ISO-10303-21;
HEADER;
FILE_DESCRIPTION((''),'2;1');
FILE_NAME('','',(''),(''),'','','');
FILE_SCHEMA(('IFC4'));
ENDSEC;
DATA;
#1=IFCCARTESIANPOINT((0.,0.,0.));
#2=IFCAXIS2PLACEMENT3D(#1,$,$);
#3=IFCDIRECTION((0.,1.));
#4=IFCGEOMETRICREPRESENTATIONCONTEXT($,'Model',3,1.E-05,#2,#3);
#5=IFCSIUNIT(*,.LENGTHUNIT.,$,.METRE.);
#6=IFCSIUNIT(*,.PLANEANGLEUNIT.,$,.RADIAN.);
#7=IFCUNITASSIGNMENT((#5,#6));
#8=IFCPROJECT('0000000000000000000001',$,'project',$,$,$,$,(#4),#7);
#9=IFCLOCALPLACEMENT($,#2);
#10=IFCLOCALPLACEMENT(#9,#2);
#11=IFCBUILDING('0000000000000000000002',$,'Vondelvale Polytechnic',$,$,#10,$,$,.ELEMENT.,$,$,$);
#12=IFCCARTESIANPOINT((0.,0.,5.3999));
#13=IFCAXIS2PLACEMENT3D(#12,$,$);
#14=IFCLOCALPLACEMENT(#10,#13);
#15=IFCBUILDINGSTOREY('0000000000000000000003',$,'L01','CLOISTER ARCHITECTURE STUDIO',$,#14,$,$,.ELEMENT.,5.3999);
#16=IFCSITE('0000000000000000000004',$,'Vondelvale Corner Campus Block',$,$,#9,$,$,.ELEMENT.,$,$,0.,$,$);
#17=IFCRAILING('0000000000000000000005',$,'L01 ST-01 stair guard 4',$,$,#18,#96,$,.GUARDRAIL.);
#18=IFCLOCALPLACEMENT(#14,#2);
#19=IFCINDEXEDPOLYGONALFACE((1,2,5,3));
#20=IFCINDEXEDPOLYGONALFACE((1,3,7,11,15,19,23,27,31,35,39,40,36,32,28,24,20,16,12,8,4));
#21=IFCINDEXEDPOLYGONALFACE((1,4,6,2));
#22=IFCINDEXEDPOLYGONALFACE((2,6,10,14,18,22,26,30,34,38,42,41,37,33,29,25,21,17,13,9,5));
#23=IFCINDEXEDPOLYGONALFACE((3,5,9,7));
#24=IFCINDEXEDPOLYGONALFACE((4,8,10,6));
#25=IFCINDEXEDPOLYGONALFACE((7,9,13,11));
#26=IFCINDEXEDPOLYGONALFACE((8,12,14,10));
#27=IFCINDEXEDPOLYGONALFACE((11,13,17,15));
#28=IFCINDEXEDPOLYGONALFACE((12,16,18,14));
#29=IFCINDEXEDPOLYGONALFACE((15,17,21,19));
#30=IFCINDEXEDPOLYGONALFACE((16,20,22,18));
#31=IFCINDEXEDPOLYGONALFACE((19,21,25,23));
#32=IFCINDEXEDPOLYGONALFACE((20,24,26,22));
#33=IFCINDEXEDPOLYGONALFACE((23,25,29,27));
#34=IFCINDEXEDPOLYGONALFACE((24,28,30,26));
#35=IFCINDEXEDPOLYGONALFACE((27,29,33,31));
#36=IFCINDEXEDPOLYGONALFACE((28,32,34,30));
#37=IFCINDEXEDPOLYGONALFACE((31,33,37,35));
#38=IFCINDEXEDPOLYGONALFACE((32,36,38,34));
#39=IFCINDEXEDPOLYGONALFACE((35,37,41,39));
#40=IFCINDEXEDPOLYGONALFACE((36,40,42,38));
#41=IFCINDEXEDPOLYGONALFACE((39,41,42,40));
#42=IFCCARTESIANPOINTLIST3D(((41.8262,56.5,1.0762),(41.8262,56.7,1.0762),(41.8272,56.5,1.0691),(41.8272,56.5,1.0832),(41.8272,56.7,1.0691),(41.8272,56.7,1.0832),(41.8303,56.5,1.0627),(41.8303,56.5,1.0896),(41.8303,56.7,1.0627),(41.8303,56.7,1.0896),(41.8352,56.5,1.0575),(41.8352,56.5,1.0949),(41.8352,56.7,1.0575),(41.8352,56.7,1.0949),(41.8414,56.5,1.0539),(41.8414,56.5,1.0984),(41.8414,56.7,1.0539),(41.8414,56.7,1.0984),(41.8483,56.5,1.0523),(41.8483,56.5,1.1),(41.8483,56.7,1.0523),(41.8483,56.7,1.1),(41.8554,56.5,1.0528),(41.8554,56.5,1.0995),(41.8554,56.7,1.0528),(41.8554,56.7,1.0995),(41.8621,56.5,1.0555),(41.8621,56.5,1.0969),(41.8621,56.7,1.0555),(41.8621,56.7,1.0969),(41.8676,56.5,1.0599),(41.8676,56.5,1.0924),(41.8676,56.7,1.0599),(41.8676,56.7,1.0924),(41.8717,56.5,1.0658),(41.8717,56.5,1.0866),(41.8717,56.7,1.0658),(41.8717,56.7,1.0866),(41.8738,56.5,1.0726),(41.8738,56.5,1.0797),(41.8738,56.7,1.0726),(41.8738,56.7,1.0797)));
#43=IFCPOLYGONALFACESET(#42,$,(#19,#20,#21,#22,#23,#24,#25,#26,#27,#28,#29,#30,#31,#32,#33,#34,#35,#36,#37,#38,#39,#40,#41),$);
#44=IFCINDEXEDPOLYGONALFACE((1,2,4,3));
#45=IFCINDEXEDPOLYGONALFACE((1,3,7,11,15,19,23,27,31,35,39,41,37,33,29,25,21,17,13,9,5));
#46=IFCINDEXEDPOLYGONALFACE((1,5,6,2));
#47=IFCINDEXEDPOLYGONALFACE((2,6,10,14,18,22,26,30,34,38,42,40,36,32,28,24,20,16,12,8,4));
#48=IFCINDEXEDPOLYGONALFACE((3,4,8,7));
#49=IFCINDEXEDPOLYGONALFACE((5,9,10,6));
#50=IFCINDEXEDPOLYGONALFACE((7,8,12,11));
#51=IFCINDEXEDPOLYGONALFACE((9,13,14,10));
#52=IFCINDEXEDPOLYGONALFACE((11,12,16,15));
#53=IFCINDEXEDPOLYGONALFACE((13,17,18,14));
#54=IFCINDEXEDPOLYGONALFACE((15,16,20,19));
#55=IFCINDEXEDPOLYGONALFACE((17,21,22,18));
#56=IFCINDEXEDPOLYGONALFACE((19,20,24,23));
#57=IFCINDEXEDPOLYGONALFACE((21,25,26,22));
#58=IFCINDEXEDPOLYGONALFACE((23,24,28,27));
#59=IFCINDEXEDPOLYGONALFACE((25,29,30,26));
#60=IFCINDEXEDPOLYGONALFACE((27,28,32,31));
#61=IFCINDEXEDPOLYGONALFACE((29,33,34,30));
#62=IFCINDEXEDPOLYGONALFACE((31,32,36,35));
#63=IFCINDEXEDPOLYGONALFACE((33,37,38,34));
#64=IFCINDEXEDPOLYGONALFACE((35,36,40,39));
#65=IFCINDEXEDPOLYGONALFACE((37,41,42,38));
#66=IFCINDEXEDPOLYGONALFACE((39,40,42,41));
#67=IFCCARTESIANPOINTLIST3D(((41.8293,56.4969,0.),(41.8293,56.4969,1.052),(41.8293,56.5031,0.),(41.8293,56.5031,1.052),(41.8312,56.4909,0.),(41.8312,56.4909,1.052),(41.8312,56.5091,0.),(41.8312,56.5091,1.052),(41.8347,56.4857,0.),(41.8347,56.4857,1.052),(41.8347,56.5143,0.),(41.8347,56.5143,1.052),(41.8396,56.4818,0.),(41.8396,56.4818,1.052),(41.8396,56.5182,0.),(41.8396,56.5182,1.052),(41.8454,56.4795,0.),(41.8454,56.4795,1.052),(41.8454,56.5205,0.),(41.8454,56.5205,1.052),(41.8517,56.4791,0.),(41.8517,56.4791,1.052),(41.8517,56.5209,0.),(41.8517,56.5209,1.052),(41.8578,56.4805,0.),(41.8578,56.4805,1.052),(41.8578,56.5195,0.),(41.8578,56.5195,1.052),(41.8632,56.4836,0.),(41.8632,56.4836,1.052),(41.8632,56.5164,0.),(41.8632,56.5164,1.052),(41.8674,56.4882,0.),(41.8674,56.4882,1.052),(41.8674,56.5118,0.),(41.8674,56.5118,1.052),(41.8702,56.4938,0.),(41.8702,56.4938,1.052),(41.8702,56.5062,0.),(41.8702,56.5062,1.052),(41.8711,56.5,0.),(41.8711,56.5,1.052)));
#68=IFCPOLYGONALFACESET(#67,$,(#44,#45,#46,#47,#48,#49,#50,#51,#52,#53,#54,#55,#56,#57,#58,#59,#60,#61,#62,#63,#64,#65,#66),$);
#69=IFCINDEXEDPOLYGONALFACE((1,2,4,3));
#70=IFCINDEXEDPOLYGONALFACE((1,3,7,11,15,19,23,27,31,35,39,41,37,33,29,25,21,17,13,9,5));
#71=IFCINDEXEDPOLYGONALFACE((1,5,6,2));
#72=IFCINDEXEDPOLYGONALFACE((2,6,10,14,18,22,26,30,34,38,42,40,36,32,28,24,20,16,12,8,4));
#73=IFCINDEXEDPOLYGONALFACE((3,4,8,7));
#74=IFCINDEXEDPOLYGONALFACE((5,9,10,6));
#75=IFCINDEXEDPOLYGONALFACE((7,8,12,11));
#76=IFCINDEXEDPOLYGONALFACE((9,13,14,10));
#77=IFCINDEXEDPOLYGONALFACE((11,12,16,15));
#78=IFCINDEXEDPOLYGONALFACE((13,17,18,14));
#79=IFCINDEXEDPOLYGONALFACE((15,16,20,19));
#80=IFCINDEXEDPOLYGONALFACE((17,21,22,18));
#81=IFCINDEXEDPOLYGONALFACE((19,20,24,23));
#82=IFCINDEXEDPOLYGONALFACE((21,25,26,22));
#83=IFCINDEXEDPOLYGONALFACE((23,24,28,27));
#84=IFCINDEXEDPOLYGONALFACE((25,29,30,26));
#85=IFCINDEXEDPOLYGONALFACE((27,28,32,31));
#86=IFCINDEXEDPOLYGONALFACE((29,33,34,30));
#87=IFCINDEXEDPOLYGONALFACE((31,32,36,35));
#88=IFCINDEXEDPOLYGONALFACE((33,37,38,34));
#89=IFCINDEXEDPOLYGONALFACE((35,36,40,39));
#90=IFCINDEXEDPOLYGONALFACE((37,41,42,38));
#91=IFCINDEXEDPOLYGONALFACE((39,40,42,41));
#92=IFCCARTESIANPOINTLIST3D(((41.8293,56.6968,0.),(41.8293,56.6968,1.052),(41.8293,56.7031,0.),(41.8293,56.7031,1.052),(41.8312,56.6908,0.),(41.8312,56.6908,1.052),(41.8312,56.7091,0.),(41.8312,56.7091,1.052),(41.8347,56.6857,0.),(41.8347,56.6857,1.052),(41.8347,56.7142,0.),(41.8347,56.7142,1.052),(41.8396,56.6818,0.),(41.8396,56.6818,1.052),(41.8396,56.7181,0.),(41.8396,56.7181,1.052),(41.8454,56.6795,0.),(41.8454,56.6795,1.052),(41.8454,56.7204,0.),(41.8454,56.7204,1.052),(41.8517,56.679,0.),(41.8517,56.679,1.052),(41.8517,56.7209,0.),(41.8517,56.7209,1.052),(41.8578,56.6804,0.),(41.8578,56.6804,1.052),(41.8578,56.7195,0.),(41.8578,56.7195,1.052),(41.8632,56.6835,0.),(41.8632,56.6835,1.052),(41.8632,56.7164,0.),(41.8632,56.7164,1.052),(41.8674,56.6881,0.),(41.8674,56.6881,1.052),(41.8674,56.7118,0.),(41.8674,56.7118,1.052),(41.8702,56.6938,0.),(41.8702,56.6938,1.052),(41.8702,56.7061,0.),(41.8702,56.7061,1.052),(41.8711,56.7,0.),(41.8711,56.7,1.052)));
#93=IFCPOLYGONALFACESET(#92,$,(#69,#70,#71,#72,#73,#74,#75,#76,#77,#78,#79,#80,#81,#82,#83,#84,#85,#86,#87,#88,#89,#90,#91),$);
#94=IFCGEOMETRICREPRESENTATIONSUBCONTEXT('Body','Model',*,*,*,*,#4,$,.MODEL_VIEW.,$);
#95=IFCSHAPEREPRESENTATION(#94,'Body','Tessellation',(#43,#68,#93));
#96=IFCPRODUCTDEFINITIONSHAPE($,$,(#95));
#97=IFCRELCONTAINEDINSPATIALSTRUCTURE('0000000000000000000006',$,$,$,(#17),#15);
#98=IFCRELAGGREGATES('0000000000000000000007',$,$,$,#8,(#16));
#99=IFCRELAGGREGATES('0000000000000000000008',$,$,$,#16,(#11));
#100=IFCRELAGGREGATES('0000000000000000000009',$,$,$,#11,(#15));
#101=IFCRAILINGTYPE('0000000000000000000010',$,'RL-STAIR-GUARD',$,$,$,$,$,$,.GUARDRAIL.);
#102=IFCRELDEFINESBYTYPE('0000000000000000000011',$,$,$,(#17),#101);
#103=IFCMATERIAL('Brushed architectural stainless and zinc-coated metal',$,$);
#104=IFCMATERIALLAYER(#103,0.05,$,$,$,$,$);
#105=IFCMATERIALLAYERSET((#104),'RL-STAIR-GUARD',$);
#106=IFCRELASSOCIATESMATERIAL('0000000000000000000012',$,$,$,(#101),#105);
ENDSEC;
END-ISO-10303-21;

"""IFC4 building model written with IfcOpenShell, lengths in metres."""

from ifc_helpers import new_model, si_unit, direction, frame, origin, origin_2d, place, context, subcontext, project, spatial, circle, extrude, material, layer, layer_set, type_object, element, save


model = new_model("IFC4")

# Units and contexts
model_context = context("Model", 3, precision=1e-05, world=origin(), true_north=direction((0.0, 1.0)))
body_context = subcontext(model_context, "Body", "Model", "MODEL_VIEW")
ifc_project = project(units=[si_unit("LENGTHUNIT", "METRE"), si_unit("PLANEANGLEUNIT", "RADIAN")], contexts=[model_context])

# Site, building, storey
site_placement = place(None, origin())
site = spatial("IfcSite", under=ifc_project, at=site_placement, Name="Vondelvale Corner Campus Block", CompositionType="ELEMENT", RefElevation=0.0)
building_placement = place(site_placement, origin())
building = spatial("IfcBuilding", under=site, at=building_placement, Name="Vondelvale Polytechnic", CompositionType="ELEMENT")
storey_placement = place(building_placement, frame((0.0, 0.0, 5.3999)))
storey = spatial("IfcBuildingStorey", under=building, at=storey_placement, Name="L01", Description="CLOISTER ARCHITECTURE STUDIO", CompositionType="ELEMENT", Elevation=5.3999)

# Shared definitions
ifc_material_1 = material(Name="Brushed architectural stainless and zinc-coated metal")

# Railing
ifc_layer_1 = layer(ifc_material_1, 0.05)
ifc_layer_set_1 = layer_set([ifc_layer_1], Name="RL-STAIR-GUARD")
railing_type_1 = type_object("IfcRailingType", Name="RL-STAIR-GUARD", PredefinedType="GUARDRAIL", material=ifc_layer_set_1)
railing_1_placement = place(storey_placement, frame((41.8501, 56.5, 0.0)))
element("IfcRailing", 1, at=railing_1_placement, inside=storey, type_object=railing_type_1, Name="L01 ST-01 stair guard 4", PredefinedType="GUARDRAIL", context=body_context, shape_type="SweptSolid", body=[
    extrude(circle(Radius=0.0239, at=origin_2d()), frame((0.0, 0.0, 1.0762), z_axis=(0.0, 1.0, 0.0), x_axis=(-1.0, 0.0, 0.0)), (0.0, 0.0, 1.0), 0.2),
    extrude(circle(Radius=0.021, at=origin_2d()), origin(), (0.0, 0.0, 1.0), 1.052),
    extrude(circle(Radius=0.021, at=origin_2d()), frame((0.0, 0.2, 0.0)), (0.0, 0.0, 1.0), 1.052),
])

save(model, "model.ifc")
